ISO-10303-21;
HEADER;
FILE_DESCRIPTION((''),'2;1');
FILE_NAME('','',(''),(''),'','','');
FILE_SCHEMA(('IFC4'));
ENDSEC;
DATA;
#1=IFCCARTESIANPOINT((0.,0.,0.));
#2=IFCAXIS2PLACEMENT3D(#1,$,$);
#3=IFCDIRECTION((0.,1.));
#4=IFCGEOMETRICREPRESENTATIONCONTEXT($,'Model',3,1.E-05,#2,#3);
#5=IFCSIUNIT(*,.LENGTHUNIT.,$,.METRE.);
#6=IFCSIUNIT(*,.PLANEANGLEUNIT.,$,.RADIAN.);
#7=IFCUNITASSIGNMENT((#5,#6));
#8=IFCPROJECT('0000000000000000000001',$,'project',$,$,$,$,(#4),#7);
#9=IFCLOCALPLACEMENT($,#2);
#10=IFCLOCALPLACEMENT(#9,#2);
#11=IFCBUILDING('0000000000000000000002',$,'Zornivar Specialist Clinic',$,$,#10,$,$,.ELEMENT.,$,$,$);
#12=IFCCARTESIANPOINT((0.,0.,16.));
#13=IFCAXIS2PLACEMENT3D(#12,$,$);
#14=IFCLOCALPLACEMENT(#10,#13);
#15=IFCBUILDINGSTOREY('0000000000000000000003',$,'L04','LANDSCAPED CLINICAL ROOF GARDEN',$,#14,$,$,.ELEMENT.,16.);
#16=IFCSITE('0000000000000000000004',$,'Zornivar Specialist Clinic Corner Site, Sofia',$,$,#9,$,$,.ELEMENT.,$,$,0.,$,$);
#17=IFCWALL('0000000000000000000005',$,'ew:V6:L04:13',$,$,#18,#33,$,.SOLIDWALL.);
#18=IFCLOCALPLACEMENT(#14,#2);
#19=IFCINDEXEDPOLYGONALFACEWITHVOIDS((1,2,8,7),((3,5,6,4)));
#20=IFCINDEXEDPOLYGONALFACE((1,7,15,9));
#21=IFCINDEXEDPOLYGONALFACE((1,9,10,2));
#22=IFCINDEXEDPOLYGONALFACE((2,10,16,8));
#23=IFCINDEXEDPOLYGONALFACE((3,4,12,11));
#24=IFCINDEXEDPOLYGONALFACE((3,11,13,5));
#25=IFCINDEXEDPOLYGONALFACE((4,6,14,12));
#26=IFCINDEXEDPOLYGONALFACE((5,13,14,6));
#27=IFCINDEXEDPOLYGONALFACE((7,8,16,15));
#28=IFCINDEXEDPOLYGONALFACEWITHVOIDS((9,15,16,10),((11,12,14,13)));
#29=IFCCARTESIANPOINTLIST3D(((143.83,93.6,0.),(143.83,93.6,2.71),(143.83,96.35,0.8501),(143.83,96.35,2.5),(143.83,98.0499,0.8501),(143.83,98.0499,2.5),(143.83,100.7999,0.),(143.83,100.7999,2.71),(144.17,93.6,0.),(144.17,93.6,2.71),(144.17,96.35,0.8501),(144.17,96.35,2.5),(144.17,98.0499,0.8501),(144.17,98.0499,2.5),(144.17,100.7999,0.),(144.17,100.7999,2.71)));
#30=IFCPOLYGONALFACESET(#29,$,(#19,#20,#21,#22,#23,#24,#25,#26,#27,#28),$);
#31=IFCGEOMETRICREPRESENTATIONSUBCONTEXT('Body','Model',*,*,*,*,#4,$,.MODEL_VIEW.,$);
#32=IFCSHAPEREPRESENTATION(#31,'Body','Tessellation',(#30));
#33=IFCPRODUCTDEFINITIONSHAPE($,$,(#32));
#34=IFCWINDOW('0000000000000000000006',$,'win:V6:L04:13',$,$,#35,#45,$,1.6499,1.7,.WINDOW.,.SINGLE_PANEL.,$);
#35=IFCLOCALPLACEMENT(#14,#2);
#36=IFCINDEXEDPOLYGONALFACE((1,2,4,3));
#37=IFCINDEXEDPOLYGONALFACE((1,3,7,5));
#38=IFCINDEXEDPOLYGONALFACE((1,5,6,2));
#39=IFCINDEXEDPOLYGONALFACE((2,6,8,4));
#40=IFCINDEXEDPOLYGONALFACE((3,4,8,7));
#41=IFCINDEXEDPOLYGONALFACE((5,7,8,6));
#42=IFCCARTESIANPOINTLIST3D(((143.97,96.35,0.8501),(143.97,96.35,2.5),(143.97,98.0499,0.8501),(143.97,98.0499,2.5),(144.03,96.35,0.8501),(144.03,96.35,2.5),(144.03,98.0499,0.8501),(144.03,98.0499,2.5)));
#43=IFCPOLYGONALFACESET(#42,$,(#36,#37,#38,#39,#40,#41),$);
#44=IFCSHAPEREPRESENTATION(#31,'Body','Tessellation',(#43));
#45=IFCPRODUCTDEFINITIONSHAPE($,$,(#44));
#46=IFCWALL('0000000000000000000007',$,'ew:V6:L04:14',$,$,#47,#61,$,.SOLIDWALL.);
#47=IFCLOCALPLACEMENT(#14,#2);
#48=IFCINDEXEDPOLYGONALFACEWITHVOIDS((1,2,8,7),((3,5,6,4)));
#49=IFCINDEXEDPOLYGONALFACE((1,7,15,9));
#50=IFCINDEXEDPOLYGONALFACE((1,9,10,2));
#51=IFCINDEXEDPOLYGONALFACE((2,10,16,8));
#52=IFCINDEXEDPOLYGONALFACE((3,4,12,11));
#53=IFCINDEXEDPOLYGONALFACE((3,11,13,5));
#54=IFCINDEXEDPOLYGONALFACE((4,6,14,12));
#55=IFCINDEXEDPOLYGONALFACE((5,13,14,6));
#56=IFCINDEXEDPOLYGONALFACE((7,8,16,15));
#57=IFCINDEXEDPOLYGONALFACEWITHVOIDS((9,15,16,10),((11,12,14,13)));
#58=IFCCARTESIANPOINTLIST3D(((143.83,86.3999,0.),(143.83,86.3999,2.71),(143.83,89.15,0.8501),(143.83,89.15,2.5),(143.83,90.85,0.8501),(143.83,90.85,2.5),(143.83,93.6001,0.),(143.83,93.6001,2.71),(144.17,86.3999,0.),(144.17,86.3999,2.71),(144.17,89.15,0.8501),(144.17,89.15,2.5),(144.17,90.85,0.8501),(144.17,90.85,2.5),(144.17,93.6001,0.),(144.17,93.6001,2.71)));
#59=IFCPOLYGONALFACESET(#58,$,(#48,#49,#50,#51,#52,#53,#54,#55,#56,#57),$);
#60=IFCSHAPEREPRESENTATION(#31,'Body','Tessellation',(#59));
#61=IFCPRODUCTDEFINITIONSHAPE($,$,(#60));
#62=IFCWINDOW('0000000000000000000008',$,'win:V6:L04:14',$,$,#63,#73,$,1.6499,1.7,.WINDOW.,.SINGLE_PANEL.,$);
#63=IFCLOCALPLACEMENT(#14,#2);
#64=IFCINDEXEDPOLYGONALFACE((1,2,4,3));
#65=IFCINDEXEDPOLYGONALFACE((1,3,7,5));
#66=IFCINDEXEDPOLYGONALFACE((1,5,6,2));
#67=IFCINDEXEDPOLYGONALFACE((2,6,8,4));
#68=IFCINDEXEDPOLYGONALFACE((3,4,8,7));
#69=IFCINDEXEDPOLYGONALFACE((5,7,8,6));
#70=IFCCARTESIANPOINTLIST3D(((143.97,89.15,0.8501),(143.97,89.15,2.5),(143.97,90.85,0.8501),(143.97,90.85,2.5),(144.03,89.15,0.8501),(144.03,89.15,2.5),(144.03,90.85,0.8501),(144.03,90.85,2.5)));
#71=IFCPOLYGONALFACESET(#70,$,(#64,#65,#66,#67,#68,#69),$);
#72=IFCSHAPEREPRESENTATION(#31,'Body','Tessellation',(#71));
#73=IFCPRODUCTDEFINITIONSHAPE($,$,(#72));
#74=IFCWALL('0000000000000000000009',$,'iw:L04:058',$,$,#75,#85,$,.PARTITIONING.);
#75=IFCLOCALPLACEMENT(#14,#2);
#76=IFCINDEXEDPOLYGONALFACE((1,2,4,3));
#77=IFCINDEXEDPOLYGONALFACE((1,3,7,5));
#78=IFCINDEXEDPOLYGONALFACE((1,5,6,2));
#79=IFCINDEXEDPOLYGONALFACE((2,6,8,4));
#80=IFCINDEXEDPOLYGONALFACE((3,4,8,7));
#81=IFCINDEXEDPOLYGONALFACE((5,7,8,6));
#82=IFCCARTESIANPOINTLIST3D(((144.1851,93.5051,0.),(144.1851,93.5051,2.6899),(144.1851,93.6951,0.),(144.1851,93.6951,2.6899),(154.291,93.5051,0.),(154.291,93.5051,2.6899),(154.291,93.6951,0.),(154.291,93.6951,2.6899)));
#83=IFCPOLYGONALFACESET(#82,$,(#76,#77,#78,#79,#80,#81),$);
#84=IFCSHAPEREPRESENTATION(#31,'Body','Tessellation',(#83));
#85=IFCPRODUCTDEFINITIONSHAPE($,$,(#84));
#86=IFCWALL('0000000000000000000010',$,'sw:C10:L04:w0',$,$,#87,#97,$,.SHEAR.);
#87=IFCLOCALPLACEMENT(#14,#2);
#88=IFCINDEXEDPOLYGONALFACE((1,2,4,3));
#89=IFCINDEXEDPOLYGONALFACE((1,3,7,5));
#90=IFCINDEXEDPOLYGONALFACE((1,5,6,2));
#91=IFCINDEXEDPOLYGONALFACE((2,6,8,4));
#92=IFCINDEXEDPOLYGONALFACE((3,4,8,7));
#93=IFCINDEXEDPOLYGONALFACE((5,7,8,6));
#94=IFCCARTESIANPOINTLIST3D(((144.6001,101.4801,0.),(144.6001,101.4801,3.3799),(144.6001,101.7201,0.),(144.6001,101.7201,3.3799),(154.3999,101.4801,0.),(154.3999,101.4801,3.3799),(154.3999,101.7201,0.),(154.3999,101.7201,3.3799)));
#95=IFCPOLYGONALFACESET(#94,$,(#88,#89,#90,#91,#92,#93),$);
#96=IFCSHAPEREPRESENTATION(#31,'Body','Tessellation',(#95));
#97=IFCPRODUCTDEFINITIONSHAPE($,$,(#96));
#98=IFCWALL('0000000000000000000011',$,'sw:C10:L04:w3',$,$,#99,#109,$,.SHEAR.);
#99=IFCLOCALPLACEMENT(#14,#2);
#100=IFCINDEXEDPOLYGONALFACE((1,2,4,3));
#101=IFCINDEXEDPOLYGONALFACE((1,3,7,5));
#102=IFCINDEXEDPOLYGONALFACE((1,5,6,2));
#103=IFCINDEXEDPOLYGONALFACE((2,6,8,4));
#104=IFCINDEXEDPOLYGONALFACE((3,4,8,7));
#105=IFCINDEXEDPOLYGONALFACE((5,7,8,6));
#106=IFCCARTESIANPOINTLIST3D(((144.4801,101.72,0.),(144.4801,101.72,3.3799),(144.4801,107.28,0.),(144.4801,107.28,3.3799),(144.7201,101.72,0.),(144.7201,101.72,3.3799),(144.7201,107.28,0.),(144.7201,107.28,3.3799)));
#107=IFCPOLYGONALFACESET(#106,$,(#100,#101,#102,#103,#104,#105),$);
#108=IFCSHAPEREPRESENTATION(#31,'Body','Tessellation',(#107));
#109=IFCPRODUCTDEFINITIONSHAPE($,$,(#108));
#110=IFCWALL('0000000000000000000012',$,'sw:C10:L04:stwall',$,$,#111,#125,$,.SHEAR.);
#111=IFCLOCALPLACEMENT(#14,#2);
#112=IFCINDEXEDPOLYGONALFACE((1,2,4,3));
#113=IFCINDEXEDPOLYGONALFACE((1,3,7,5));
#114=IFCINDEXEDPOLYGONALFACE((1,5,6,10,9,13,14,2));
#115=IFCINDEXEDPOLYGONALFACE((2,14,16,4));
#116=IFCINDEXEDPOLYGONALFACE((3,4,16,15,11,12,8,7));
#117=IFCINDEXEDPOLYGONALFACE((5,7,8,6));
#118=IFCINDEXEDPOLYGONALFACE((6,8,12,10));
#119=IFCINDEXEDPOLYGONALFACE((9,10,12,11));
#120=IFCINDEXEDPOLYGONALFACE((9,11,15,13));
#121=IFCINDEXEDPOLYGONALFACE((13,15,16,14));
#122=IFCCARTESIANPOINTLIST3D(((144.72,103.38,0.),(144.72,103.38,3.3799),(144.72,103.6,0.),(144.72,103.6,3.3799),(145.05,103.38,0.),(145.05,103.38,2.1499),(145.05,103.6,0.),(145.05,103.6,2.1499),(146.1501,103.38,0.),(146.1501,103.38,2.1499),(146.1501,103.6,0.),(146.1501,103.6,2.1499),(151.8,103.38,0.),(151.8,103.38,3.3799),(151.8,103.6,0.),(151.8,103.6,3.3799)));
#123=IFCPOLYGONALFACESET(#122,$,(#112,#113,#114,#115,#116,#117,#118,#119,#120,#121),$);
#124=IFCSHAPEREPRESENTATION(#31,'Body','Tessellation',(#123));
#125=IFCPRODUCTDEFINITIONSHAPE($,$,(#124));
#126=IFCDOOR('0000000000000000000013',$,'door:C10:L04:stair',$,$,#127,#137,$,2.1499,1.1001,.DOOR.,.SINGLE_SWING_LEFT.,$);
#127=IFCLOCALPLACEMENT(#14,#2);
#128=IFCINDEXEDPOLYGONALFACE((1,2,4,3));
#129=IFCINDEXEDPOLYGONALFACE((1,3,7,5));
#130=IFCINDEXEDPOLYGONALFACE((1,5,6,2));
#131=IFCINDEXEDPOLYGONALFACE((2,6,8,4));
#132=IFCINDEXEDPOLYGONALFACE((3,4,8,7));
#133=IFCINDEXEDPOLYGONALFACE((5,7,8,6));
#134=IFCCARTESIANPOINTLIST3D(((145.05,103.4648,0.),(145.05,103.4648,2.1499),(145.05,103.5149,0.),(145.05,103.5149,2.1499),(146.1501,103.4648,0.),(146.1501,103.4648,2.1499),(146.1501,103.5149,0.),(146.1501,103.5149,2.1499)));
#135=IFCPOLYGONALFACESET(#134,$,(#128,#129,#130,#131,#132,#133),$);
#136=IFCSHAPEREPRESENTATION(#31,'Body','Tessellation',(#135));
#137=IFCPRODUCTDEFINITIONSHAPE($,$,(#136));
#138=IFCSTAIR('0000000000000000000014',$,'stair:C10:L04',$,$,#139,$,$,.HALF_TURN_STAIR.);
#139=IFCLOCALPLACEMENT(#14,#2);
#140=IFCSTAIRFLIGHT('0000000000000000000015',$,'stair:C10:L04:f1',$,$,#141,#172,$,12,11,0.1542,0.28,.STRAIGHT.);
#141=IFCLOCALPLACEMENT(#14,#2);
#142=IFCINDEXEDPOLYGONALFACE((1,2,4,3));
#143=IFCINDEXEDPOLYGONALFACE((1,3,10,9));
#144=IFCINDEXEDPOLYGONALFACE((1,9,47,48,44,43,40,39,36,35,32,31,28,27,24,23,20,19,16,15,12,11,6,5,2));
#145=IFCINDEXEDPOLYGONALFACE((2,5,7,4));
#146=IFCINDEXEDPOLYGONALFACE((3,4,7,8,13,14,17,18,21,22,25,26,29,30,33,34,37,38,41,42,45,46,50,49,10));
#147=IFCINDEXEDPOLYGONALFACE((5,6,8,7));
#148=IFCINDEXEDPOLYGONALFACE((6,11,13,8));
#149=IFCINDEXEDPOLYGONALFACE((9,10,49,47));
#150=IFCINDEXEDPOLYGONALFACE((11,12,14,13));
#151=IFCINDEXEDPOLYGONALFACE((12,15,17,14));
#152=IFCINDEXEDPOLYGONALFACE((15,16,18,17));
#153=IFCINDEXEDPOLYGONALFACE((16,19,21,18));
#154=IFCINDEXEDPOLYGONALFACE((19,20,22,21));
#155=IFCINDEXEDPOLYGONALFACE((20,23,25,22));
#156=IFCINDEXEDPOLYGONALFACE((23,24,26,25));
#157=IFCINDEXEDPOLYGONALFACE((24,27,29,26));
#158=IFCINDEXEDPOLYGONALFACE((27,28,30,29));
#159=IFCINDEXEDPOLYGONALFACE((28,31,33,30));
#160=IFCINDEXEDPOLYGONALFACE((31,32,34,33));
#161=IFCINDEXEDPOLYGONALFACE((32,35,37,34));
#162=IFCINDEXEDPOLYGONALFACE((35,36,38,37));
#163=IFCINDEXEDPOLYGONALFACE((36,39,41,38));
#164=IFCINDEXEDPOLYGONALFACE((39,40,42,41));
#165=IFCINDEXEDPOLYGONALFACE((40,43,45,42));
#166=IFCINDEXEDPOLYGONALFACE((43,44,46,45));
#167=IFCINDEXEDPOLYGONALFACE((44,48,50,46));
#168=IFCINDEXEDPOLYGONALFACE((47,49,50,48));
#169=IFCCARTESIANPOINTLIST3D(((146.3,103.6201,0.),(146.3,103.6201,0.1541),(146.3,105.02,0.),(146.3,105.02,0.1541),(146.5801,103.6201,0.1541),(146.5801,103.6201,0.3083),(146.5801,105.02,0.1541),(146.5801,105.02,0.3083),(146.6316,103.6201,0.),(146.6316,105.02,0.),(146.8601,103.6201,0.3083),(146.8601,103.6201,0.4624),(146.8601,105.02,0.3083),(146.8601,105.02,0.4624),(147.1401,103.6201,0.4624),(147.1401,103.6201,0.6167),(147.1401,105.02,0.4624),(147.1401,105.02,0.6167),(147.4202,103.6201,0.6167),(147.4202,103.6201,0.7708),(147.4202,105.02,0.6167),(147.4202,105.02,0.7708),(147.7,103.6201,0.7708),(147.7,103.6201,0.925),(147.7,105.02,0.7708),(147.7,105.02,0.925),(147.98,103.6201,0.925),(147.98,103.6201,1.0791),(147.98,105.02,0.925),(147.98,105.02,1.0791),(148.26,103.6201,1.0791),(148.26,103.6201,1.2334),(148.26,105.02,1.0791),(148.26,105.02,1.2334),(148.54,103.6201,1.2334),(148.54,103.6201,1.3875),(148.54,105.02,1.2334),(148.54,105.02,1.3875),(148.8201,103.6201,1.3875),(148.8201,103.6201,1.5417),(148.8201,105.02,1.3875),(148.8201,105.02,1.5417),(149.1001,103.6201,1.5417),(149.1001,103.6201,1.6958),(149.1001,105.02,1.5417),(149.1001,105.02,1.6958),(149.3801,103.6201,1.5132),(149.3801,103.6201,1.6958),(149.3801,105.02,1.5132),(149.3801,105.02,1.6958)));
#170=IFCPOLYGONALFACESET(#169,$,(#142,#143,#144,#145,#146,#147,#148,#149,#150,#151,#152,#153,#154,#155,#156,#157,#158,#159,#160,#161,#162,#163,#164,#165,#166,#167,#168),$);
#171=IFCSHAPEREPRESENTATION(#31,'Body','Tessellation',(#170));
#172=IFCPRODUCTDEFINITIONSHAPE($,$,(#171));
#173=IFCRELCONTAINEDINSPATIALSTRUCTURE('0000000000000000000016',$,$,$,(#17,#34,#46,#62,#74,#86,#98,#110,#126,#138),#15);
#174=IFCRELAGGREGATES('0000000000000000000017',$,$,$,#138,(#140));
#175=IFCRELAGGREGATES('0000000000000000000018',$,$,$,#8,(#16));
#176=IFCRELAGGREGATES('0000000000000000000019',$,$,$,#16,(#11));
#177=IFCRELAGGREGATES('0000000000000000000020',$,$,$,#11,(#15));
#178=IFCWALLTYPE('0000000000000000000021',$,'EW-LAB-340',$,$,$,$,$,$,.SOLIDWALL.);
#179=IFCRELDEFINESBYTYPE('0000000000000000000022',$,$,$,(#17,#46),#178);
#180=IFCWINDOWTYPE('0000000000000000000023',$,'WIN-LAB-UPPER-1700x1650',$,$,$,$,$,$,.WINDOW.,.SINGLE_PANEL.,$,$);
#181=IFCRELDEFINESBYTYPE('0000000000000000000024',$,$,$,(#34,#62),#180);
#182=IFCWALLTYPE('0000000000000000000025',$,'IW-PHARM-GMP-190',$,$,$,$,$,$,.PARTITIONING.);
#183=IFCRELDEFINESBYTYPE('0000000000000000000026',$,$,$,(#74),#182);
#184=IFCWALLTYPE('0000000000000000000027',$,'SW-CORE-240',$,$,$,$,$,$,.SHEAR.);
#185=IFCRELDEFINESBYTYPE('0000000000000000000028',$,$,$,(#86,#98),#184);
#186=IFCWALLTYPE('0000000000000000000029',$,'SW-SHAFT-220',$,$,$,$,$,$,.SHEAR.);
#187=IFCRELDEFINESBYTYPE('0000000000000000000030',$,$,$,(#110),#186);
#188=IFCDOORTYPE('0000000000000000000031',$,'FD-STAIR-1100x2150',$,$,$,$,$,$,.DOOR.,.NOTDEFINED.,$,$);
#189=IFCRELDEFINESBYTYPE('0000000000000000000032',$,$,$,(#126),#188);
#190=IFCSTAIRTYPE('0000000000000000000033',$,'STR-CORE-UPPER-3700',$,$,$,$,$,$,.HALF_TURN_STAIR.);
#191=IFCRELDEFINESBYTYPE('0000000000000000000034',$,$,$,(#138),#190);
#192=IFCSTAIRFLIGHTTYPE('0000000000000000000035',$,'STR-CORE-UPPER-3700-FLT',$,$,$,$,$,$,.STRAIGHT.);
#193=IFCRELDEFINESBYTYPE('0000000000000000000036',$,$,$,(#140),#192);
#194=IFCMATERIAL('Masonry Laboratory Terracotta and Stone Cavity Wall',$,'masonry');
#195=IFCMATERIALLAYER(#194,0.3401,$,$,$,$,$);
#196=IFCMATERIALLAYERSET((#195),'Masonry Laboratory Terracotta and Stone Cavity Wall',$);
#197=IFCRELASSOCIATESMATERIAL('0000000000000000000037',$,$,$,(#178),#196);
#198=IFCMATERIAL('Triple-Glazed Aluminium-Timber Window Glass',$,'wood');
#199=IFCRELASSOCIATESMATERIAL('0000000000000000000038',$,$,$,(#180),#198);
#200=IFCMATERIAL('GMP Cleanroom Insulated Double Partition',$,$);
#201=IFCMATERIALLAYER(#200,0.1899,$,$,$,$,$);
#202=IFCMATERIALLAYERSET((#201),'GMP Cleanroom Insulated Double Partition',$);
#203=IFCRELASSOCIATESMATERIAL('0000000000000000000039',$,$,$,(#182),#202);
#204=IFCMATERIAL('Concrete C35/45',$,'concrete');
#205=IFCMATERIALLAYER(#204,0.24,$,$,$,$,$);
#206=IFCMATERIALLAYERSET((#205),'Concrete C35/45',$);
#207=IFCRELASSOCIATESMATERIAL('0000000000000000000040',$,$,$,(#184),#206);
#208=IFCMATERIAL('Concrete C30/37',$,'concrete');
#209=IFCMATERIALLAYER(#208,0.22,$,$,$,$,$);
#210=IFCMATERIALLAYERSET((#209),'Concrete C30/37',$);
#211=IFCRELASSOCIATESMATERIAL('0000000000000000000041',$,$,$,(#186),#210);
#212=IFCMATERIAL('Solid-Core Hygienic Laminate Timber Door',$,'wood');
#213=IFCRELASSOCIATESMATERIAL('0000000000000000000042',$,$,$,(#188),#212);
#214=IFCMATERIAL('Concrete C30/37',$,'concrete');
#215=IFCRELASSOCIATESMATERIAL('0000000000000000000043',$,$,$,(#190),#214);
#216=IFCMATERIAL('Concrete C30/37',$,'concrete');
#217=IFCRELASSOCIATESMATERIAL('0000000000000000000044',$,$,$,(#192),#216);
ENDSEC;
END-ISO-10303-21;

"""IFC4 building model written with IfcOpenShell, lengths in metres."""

from ifc_helpers import new_model, si_unit, direction, frame, frame_2d, origin, place, context, subcontext, project, spatial, polyline, rectangle, outline, extrude, material, layer, layer_set, type_object, element, fill, aggregate, save


model = new_model("IFC4")

# Units and contexts
model_context = context("Model", 3, precision=1e-05, world=origin(), true_north=direction((0.0, 1.0)))
body_context = subcontext(model_context, "Body", "Model", "MODEL_VIEW")
ifc_project = project(units=[si_unit("LENGTHUNIT", "METRE"), si_unit("PLANEANGLEUNIT", "RADIAN")], contexts=[model_context])

# Site, building, storey
site_placement = place(None, origin())
site = spatial("IfcSite", under=ifc_project, at=site_placement, Name="Zornivar Specialist Clinic Corner Site, Sofia", CompositionType="ELEMENT", RefElevation=0.0)
building_placement = place(site_placement, origin())
building = spatial("IfcBuilding", under=site, at=building_placement, Name="Zornivar Specialist Clinic", CompositionType="ELEMENT")
storey_placement = place(building_placement, frame((0.0, 0.0, 16.0)))
storey = spatial("IfcBuildingStorey", under=building, at=storey_placement, Name="L04", Description="LANDSCAPED CLINICAL ROOF GARDEN", CompositionType="ELEMENT", Elevation=16.0)

# Shared definitions
ifc_material_1 = material(Name="Masonry Laboratory Terracotta and Stone Cavity Wall", Category="masonry")
ifc_layer_1 = layer(ifc_material_1, 0.3401)
ifc_layer_set_1 = layer_set([ifc_layer_1], Name="Masonry Laboratory Terracotta and Stone Cavity Wall")
wall_type_1 = type_object("IfcWallType", Name="EW-LAB-340", PredefinedType="SOLIDWALL", material=ifc_layer_set_1)

# Walls, openings, windows
wall_1_placement = place(storey_placement, frame((144.0, 100.8, 0.0), z_axis=(0.0, 0.0, 1.0), x_axis=(0.0, -1.0, 0.0)))
wall_1 = element("IfcWall", 1, at=wall_1_placement, inside=storey, type_object=wall_type_1, Name="ew:V6:L04:13", PredefinedType="SOLIDWALL", context=body_context, shape_type="SweptSolid", body=[
    extrude(rectangle(XDim=7.2, YDim=0.3401, at=frame_2d((3.6001, 0.0))), origin(), (0.0, 0.0, 1.0), 2.71),
])
opening_1_placement = place(wall_1_placement, frame((2.75, 0.0, 0.8501)))
opening_1 = element("IfcOpeningElement", 2, at=opening_1_placement, cuts=wall_1, PredefinedType="OPENING", context=body_context, shape_type="SweptSolid", body=[
    extrude(rectangle(XDim=1.7, YDim=1.6499, at=frame_2d((0.8501, 0.825))), frame((0.0, 0.1799, 0.0), z_axis=(0.0, -1.0, 0.0), x_axis=(1.0, 0.0, 0.0)), (0.0, 0.0, 1.0), 0.3601),
])
ifc_material_2 = material(Name="Triple-Glazed Aluminium-Timber Window Glass", Category="wood")
window_type = type_object("IfcWindowType", Name="WIN-LAB-UPPER-1700x1650", PartitioningType="SINGLE_PANEL", PredefinedType="WINDOW", material=ifc_material_2)
window_1_placement = place(opening_1_placement, origin())
window_1 = element("IfcWindow", 3, at=window_1_placement, inside=storey, type_object=window_type, Name="win:V6:L04:13", OverallHeight=1.6499, OverallWidth=1.7, PartitioningType="SINGLE_PANEL", PredefinedType="WINDOW", context=body_context, shape_type="SweptSolid", body=[
    extrude(rectangle(XDim=1.7, YDim=1.6499, at=frame_2d((0.8501, 0.825))), frame((0.0, 0.03, 0.0), z_axis=(0.0, -1.0, 0.0), x_axis=(1.0, 0.0, 0.0)), (0.0, 0.0, 1.0), 0.0601),
])
fill(opening_1, window_1)
wall_2_placement = place(storey_placement, frame((144.0, 93.6001, 0.0), z_axis=(0.0, 0.0, 1.0), x_axis=(0.0, -1.0, 0.0)))
wall_2 = element("IfcWall", 4, at=wall_2_placement, inside=storey, type_object=wall_type_1, Name="ew:V6:L04:14", PredefinedType="SOLIDWALL", context=body_context, shape_type="SweptSolid", body=[
    extrude(rectangle(XDim=7.2002, YDim=0.3401, at=frame_2d((3.6001, 0.0))), origin(), (0.0, 0.0, 1.0), 2.71),
])
opening_2_placement = place(wall_2_placement, frame((2.75, 0.0, 0.8501)))
opening_2 = element("IfcOpeningElement", 5, at=opening_2_placement, cuts=wall_2, PredefinedType="OPENING", context=body_context, shape_type="SweptSolid", body=[
    extrude(rectangle(XDim=1.7, YDim=1.6499, at=frame_2d((0.8501, 0.825))), frame((0.0, 0.1799, 0.0), z_axis=(0.0, -1.0, 0.0), x_axis=(1.0, 0.0, 0.0)), (0.0, 0.0, 1.0), 0.3601),
])
window_2_placement = place(opening_2_placement, origin())
window_2 = element("IfcWindow", 6, at=window_2_placement, inside=storey, type_object=window_type, Name="win:V6:L04:14", OverallHeight=1.6499, OverallWidth=1.7, PartitioningType="SINGLE_PANEL", PredefinedType="WINDOW", context=body_context, shape_type="SweptSolid", body=[
    extrude(rectangle(XDim=1.7, YDim=1.6499, at=frame_2d((0.8501, 0.825))), frame((0.0, 0.03, 0.0), z_axis=(0.0, -1.0, 0.0), x_axis=(1.0, 0.0, 0.0)), (0.0, 0.0, 1.0), 0.0601),
])
fill(opening_2, window_2)

# Walls
ifc_material_3 = material(Name="GMP Cleanroom Insulated Double Partition")
ifc_layer_2 = layer(ifc_material_3, 0.1899)
ifc_layer_set_2 = layer_set([ifc_layer_2], Name="GMP Cleanroom Insulated Double Partition")
wall_type_2 = type_object("IfcWallType", Name="IW-PHARM-GMP-190", PredefinedType="PARTITIONING", material=ifc_layer_set_2)
wall_3_placement = place(storey_placement, frame((144.1851, 93.6001, 0.0), z_axis=(0.0, 0.0, 1.0), x_axis=(1.0, 0.0, 0.0)))
element("IfcWall", 7, at=wall_3_placement, inside=storey, type_object=wall_type_2, Name="iw:L04:058", PredefinedType="PARTITIONING", context=body_context, shape_type="SweptSolid", body=[
    extrude(rectangle(XDim=10.106, YDim=0.1899, at=frame_2d((5.053, 0.0))), origin(), (0.0, 0.0, 1.0), 2.6899),
])
ifc_material_4 = material(Name="Concrete C35/45", Category="concrete")
ifc_layer_3 = layer(ifc_material_4, 0.24)
ifc_layer_set_3 = layer_set([ifc_layer_3], Name="Concrete C35/45")
wall_type_3 = type_object("IfcWallType", Name="SW-CORE-240", PredefinedType="SHEAR", material=ifc_layer_set_3)
wall_4_placement = place(storey_placement, frame((144.6001, 101.6001, 0.0), z_axis=(0.0, 0.0, 1.0), x_axis=(1.0, 0.0, 0.0)))
element("IfcWall", 8, at=wall_4_placement, inside=storey, type_object=wall_type_3, Name="sw:C10:L04:w0", PredefinedType="SHEAR", context=body_context, shape_type="SweptSolid", body=[
    extrude(rectangle(XDim=9.7998, YDim=0.24, at=frame_2d((4.8999, 0.0))), origin(), (0.0, 0.0, 1.0), 3.3799),
])
wall_5_placement = place(storey_placement, frame((144.6001, 107.28, 0.0), z_axis=(0.0, 0.0, 1.0), x_axis=(0.0, -1.0, 0.0)))
element("IfcWall", 9, at=wall_5_placement, inside=storey, type_object=wall_type_3, Name="sw:C10:L04:w3", PredefinedType="SHEAR", context=body_context, shape_type="SweptSolid", body=[
    extrude(rectangle(XDim=5.5601, YDim=0.24, at=frame_2d((2.78, 0.0))), origin(), (0.0, 0.0, 1.0), 3.3799),
])

# Wall, opening, door
ifc_material_5 = material(Name="Concrete C30/37", Category="concrete")
ifc_layer_4 = layer(ifc_material_5, 0.22)
ifc_layer_set_4 = layer_set([ifc_layer_4], Name="Concrete C30/37")
wall_type_4 = type_object("IfcWallType", Name="SW-SHAFT-220", PredefinedType="SHEAR", material=ifc_layer_set_4)
wall_6_placement = place(storey_placement, frame((144.72, 103.49, 0.0), z_axis=(0.0, 0.0, 1.0), x_axis=(1.0, 0.0, 0.0)))
wall_6 = element("IfcWall", 10, at=wall_6_placement, inside=storey, type_object=wall_type_4, Name="sw:C10:L04:stwall", PredefinedType="SHEAR", context=body_context, shape_type="SweptSolid", body=[
    extrude(rectangle(XDim=7.0801, YDim=0.22, at=frame_2d((3.54, 0.0))), origin(), (0.0, 0.0, 1.0), 3.3799),
])
opening_3_placement = place(wall_6_placement, frame((0.3301, 0.0, 0.0)))
opening_3 = element("IfcOpeningElement", 11, at=opening_3_placement, cuts=wall_6, PredefinedType="OPENING", context=body_context, shape_type="SweptSolid", body=[
    extrude(rectangle(XDim=1.1001, YDim=2.1499, at=frame_2d((0.55, 1.075))), frame((0.0, 0.1199, 0.0), z_axis=(0.0, -1.0, 0.0), x_axis=(1.0, 0.0, 0.0)), (0.0, 0.0, 1.0), 0.24),
])
ifc_material_6 = material(Name="Solid-Core Hygienic Laminate Timber Door", Category="wood")
door_type_1 = type_object("IfcDoorType", Name="FD-STAIR-1100x2150", OperationType="NOTDEFINED", PredefinedType="DOOR", material=ifc_material_6)
door_1_placement = place(opening_3_placement, origin())
door_1 = element("IfcDoor", 12, at=door_1_placement, inside=storey, type_object=door_type_1, Name="door:C10:L04:stair", OperationType="SINGLE_SWING_LEFT", OverallHeight=2.1499, OverallWidth=1.1001, PredefinedType="DOOR", context=body_context, shape_type="SweptSolid", body=[
    extrude(rectangle(XDim=1.1001, YDim=2.1499, at=frame_2d((0.55, 1.075))), frame((0.0, 0.0249, 0.0), z_axis=(0.0, -1.0, 0.0), x_axis=(1.0, 0.0, 0.0)), (0.0, 0.0, 1.0), 0.05),
])
fill(opening_3, door_1)

# Stair, stair flight
ifc_material_7 = material(Name="Concrete C30/37", Category="concrete")
stair_type = type_object("IfcStairType", Name="STR-CORE-UPPER-3700", PredefinedType="HALF_TURN_STAIR", material=ifc_material_7)
stair_placement = place(storey_placement, origin())
stair = element("IfcStair", 13, at=stair_placement, inside=storey, type_object=stair_type, Name="stair:C10:L04", PredefinedType="HALF_TURN_STAIR")
ifc_material_8 = material(Name="Concrete C30/37", Category="concrete")
stair_flight_type = type_object("IfcStairFlightType", Name="STR-CORE-UPPER-3700-FLT", PredefinedType="STRAIGHT", material=ifc_material_8)
stair_flight_1_placement = place(storey_placement, frame((146.3, 104.3201, 0.0), z_axis=(0.0, 0.0, 1.0), x_axis=(1.0, 0.0, 0.0)))
stair_flight_1 = element("IfcStairFlight", 14, at=stair_flight_1_placement, type_object=stair_flight_type, Name="stair:C10:L04:f1", NumberOfRisers=12, NumberOfTreads=11, PredefinedType="STRAIGHT", RiserHeight=0.1542, TreadLength=0.28, context=body_context, shape_type="SweptSolid", body=[
    extrude(outline(polyline([(0.0, 0.0), (0.0, 0.1541), (0.28, 0.1541), (0.28, 0.3083), (0.5601, 0.3083), (0.5601, 0.4624), (0.8401, 0.4624), (0.8401, 0.6167), (1.1201, 0.6167), (1.1201, 0.7708), (1.3999, 0.7708), (1.3999, 0.925), (1.6799, 0.925), (1.6799, 1.0791), (1.96, 1.0791), (1.96, 1.2334), (2.24, 1.2334), (2.24, 1.3875), (2.52, 1.3875), (2.52, 1.5417), (2.8, 1.5417), (2.8, 1.6958), (3.0801, 1.6958), (3.0801, 1.8501), (3.0801, 1.5132), (0.3315, 0.0), (0.0, 0.0)])), frame((0.0, 0.7, 0.0), z_axis=(0.0, -1.0, 0.0), x_axis=(1.0, 0.0, 0.0)), (0.0, 0.0, 1.0), 1.3999),
])
aggregate(stair, [stair_flight_1])

save(model, "model.ifc")
